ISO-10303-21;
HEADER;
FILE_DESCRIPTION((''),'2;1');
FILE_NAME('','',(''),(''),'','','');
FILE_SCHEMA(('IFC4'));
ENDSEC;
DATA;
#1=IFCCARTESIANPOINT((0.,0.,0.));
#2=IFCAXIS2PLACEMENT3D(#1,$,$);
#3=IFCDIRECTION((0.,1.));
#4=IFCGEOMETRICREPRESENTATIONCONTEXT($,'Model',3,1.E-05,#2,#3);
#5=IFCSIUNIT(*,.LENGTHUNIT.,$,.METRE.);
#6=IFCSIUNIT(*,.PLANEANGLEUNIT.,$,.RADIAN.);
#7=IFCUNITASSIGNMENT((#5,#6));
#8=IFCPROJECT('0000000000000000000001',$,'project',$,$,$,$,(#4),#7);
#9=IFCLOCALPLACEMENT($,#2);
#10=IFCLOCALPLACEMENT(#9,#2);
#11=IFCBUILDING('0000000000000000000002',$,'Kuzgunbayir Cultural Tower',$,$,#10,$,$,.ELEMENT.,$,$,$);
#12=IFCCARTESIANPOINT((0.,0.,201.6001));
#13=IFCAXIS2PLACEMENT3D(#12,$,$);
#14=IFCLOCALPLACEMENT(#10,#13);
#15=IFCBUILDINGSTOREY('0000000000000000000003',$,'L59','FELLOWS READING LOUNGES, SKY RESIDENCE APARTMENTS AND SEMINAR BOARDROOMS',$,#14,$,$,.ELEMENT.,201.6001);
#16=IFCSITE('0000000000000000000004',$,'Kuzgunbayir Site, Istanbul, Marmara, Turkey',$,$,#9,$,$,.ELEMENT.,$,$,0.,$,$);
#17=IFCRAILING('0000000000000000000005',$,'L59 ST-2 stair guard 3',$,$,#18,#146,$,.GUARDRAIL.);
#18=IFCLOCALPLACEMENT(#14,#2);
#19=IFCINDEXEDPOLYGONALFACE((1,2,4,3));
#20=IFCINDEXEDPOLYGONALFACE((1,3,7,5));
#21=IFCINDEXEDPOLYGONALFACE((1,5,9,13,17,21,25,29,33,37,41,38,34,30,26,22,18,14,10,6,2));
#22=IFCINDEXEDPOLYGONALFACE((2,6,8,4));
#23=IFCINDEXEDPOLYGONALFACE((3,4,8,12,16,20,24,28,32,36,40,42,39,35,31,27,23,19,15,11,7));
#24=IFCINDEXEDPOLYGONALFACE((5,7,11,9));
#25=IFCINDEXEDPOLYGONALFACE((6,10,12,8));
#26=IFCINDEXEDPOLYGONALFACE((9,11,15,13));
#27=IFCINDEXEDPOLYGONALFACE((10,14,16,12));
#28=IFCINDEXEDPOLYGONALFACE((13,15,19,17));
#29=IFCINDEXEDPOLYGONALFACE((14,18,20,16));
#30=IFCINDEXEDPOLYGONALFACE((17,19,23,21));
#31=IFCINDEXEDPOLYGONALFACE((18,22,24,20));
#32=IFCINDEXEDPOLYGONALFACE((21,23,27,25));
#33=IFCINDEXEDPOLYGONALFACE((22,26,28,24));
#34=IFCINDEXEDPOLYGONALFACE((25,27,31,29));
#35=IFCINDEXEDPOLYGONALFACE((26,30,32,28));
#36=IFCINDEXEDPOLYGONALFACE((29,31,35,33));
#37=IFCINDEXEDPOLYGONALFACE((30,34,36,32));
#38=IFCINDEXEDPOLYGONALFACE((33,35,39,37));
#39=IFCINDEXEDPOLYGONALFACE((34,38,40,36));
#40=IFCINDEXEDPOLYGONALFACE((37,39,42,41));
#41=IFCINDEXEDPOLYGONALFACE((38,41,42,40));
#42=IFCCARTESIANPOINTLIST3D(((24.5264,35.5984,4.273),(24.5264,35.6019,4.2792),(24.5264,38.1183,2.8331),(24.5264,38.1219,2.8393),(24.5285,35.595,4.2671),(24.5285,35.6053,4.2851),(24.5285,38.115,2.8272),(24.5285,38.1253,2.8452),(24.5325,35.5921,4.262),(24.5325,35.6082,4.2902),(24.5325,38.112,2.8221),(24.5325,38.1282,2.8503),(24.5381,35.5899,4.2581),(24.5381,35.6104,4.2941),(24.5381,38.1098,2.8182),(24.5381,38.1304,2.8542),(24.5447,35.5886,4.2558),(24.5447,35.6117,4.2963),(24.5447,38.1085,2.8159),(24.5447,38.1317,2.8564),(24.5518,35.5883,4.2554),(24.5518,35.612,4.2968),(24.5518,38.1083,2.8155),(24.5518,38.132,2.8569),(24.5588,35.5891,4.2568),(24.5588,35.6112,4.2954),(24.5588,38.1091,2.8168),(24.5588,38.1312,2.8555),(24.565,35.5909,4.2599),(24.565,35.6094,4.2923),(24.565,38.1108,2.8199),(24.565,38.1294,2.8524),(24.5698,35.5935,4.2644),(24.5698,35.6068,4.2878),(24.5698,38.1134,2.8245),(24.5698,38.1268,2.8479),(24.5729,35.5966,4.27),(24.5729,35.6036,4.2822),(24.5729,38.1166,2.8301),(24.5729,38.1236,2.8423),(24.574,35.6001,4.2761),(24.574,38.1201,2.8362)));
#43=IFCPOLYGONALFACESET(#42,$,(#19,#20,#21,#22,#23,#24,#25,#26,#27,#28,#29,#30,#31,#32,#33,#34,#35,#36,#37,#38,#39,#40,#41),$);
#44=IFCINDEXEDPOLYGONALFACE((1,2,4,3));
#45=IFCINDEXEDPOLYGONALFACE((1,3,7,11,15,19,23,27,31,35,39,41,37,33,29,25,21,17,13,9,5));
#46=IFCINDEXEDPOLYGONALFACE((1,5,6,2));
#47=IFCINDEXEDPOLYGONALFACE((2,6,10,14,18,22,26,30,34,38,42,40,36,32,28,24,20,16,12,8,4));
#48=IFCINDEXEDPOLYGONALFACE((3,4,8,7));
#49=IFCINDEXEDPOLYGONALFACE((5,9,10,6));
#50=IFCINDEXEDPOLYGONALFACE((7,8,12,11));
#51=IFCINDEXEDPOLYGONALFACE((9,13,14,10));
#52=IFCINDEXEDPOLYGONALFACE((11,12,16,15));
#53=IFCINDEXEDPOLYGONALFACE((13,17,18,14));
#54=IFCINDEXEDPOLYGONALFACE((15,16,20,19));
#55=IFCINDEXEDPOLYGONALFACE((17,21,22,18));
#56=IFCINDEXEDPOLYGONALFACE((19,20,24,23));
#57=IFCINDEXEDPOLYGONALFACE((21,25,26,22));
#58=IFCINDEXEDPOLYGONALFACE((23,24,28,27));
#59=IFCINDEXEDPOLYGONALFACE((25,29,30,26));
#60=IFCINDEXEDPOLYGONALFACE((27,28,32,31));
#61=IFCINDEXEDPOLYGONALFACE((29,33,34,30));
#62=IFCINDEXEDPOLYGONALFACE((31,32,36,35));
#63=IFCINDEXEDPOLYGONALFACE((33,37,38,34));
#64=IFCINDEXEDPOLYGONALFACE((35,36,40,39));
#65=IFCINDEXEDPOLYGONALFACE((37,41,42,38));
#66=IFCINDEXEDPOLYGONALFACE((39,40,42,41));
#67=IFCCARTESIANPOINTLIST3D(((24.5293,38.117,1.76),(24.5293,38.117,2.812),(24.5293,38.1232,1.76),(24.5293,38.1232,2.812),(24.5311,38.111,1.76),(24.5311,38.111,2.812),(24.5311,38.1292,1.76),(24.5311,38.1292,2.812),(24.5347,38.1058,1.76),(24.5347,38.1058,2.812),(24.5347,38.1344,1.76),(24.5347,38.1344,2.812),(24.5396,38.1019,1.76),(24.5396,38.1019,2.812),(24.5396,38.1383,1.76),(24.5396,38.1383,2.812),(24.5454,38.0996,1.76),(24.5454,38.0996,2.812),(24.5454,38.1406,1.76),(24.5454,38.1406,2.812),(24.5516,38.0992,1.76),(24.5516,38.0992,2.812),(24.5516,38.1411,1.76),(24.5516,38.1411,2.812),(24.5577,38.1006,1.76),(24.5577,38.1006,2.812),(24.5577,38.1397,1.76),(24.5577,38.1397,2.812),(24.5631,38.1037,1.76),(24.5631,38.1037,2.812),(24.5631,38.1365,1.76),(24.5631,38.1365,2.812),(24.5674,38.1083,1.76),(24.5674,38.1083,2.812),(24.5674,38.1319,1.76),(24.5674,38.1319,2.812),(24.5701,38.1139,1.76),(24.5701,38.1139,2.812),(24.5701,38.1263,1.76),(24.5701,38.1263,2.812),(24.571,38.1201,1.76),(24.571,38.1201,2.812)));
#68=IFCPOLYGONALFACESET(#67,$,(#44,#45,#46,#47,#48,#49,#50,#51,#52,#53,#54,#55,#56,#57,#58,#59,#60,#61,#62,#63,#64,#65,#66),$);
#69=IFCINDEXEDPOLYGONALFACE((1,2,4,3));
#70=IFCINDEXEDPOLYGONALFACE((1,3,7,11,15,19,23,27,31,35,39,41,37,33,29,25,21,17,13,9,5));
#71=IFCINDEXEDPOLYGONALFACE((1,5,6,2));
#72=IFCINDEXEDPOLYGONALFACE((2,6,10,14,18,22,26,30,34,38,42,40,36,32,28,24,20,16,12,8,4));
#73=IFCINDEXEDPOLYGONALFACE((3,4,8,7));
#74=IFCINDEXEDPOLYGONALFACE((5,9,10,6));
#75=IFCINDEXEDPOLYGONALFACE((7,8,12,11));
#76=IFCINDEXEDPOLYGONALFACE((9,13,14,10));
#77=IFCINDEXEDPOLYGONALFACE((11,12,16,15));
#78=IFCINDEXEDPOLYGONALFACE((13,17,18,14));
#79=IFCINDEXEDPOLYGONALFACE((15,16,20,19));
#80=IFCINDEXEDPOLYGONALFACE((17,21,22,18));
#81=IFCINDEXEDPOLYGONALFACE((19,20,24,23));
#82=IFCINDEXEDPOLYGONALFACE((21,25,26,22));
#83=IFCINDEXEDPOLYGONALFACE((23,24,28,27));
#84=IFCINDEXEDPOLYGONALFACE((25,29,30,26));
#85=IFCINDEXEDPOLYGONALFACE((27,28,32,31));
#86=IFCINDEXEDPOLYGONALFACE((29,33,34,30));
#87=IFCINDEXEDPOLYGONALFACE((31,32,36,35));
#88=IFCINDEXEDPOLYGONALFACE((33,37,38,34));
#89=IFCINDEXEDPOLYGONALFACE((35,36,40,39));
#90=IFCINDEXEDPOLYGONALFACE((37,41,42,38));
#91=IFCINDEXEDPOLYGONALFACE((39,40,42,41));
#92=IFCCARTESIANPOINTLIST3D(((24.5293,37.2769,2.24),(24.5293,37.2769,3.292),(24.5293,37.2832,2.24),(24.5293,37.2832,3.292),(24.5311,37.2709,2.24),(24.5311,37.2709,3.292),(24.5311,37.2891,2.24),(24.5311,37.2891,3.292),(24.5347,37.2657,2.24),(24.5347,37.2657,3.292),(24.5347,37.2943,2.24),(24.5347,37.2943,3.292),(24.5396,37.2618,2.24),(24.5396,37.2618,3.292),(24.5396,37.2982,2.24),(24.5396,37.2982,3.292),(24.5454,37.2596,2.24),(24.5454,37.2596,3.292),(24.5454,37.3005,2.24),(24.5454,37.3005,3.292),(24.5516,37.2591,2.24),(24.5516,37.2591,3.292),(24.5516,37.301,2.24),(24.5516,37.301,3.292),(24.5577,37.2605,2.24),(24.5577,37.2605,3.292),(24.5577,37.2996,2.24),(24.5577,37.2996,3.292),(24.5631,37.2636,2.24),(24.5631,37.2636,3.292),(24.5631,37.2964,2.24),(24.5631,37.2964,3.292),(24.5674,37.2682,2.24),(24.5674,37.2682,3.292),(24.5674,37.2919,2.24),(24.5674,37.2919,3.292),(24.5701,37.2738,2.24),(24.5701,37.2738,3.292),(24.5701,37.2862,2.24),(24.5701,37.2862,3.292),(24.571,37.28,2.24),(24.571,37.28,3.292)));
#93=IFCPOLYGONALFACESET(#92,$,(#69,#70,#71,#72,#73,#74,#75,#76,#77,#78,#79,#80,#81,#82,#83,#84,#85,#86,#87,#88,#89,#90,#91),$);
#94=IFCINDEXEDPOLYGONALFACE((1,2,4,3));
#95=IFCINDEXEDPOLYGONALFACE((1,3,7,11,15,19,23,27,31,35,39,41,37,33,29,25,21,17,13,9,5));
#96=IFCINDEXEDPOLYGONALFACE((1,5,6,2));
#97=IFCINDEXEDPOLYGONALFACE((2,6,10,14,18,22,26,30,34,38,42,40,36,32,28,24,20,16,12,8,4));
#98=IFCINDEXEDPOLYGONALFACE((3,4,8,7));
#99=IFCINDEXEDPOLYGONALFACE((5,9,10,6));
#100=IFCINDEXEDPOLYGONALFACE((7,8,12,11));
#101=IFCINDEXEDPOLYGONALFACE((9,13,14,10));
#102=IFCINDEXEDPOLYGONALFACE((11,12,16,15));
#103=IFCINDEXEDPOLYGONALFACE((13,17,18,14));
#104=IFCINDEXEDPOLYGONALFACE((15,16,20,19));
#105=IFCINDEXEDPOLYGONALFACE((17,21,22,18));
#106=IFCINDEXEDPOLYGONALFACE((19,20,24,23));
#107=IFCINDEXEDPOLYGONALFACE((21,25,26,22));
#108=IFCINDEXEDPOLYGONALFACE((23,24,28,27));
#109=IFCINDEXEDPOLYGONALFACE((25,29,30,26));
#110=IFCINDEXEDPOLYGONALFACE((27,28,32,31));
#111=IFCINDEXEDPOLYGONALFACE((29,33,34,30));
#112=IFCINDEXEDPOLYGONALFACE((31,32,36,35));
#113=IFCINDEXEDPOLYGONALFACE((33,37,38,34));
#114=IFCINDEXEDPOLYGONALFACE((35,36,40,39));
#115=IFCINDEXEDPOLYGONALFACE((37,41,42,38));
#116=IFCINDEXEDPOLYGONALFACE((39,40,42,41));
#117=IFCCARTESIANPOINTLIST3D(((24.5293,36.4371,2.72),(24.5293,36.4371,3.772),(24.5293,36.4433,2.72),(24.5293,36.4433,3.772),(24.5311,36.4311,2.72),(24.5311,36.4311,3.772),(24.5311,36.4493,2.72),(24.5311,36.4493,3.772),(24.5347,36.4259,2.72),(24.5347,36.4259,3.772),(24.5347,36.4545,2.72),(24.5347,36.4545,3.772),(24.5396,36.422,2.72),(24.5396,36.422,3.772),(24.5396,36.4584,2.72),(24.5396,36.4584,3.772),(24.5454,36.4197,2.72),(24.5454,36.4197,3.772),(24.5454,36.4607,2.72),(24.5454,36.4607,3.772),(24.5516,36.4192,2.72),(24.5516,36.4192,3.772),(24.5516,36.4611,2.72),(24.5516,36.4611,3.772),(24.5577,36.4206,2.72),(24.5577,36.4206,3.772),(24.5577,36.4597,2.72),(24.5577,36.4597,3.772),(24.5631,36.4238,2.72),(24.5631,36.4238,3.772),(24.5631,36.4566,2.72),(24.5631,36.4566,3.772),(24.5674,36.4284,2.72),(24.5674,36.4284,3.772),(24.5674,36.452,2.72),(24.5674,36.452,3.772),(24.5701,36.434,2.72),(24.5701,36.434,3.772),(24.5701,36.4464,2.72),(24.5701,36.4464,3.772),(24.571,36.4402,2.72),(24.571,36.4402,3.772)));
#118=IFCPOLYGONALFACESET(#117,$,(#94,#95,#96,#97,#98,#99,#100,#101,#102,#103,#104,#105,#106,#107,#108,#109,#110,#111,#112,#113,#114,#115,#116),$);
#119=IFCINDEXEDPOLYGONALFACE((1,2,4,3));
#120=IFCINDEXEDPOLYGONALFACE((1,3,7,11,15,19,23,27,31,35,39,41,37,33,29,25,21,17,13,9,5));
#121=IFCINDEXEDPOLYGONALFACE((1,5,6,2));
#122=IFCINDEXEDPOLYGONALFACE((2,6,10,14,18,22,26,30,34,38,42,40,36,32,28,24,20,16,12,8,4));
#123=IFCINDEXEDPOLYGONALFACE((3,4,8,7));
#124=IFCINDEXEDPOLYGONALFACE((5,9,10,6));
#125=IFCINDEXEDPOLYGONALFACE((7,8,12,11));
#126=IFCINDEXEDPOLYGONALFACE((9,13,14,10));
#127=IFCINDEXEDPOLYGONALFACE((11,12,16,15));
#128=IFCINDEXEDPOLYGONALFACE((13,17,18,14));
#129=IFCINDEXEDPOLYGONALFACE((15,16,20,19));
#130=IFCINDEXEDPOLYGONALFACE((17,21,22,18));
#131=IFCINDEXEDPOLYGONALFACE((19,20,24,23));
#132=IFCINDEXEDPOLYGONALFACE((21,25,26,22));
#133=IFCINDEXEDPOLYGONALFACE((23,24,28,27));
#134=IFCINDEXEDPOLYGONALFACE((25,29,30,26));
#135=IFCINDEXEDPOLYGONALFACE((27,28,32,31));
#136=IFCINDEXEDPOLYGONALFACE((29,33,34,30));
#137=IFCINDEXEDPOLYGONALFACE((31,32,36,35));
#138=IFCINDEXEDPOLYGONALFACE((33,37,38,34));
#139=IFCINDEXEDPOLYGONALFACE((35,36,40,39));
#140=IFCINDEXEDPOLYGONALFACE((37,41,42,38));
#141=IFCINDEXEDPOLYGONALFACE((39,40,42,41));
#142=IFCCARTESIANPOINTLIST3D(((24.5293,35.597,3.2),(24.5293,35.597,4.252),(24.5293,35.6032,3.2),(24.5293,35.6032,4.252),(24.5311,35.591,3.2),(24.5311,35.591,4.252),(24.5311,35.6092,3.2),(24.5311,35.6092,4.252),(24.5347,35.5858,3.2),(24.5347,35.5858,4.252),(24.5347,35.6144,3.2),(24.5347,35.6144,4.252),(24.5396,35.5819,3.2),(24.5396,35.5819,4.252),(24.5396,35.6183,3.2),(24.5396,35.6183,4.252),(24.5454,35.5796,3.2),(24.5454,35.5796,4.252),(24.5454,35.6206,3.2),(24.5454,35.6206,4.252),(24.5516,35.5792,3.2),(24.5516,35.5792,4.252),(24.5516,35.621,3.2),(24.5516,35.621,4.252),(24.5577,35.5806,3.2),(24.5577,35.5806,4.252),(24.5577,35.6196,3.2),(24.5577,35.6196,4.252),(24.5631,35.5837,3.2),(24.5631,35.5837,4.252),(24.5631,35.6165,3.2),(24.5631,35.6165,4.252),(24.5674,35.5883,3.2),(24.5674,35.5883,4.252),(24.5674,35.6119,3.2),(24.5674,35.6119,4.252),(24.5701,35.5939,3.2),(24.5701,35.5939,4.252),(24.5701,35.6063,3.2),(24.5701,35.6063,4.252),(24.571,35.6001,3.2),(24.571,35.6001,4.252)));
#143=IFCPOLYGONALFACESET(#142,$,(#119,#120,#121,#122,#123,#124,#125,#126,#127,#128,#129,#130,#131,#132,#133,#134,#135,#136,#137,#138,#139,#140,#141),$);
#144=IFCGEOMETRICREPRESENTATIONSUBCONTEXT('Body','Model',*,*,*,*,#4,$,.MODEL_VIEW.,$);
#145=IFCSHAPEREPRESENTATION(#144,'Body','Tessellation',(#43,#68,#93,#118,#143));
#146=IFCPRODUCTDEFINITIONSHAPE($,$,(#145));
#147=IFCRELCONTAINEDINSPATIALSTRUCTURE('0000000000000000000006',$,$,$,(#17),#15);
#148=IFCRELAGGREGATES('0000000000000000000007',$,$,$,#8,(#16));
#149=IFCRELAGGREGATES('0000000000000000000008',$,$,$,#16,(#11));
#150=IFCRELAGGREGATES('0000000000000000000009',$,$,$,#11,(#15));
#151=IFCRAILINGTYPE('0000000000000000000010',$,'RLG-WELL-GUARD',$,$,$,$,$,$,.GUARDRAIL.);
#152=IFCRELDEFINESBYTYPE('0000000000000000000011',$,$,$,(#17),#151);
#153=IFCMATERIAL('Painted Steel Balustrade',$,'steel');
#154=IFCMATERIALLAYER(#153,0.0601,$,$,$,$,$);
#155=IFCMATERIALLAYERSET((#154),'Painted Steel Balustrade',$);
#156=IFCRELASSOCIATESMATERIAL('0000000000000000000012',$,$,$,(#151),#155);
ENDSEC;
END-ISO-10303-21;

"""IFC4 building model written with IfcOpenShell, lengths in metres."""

from ifc_helpers import new_model, si_unit, direction, frame, origin, origin_2d, place, context, subcontext, project, spatial, circle, extrude, material, layer, layer_set, type_object, element, save


model = new_model("IFC4")

# Units and contexts
model_context = context("Model", 3, precision=1e-05, world=origin(), true_north=direction((0.0, 1.0)))
body_context = subcontext(model_context, "Body", "Model", "MODEL_VIEW")
ifc_project = project(units=[si_unit("LENGTHUNIT", "METRE"), si_unit("PLANEANGLEUNIT", "RADIAN")], contexts=[model_context])

# Site, building, storey
site_placement = place(None, origin())
site = spatial("IfcSite", under=ifc_project, at=site_placement, Name="Kuzgunbayir Site, Istanbul, Marmara, Turkey", CompositionType="ELEMENT", RefElevation=0.0)
building_placement = place(site_placement, origin())
building = spatial("IfcBuilding", under=site, at=building_placement, Name="Kuzgunbayir Cultural Tower", CompositionType="ELEMENT")
storey_placement = place(building_placement, frame((0.0, 0.0, 201.6001)))
storey = spatial("IfcBuildingStorey", under=building, at=storey_placement, Name="L59", Description="FELLOWS READING LOUNGES, SKY RESIDENCE APARTMENTS AND SEMINAR BOARDROOMS", CompositionType="ELEMENT", Elevation=201.6001)

# Railing
ifc_material_1 = material(Name="Painted Steel Balustrade", Category="steel")
ifc_layer_1 = layer(ifc_material_1, 0.0601)
ifc_layer_set_1 = layer_set([ifc_layer_1], Name="Painted Steel Balustrade")
railing_type_1 = type_object("IfcRailingType", Name="RLG-WELL-GUARD", PredefinedType="GUARDRAIL", material=ifc_layer_set_1)
railing_1_placement = place(storey_placement, frame((24.55, 38.1201, 1.76)))
element("IfcRailing", 1, at=railing_1_placement, inside=storey, type_object=railing_type_1, Name="L59 ST-2 stair guard 3", PredefinedType="GUARDRAIL", context=body_context, shape_type="SweptSolid", body=[
    extrude(circle(Radius=0.0239, at=origin_2d()), frame((0.0, 0.0, 1.0762), z_axis=(0.0, -0.868253, 0.496121), x_axis=(1.0, 0.0, 0.0)), (0.0, 0.0, 1.0), 2.9023),
    extrude(circle(Radius=0.021, at=origin_2d()), origin(), (0.0, 0.0, 1.0), 1.052),
    extrude(circle(Radius=0.021, at=origin_2d()), frame((0.0, -0.8401, 0.48)), (0.0, 0.0, 1.0), 1.052),
    extrude(circle(Radius=0.021, at=origin_2d()), frame((0.0, -1.6799, 0.96)), (0.0, 0.0, 1.0), 1.052),
    extrude(circle(Radius=0.021, at=origin_2d()), frame((0.0, -2.52, 1.4399)), (0.0, 0.0, 1.0), 1.052),
])

save(model, "model.ifc")
